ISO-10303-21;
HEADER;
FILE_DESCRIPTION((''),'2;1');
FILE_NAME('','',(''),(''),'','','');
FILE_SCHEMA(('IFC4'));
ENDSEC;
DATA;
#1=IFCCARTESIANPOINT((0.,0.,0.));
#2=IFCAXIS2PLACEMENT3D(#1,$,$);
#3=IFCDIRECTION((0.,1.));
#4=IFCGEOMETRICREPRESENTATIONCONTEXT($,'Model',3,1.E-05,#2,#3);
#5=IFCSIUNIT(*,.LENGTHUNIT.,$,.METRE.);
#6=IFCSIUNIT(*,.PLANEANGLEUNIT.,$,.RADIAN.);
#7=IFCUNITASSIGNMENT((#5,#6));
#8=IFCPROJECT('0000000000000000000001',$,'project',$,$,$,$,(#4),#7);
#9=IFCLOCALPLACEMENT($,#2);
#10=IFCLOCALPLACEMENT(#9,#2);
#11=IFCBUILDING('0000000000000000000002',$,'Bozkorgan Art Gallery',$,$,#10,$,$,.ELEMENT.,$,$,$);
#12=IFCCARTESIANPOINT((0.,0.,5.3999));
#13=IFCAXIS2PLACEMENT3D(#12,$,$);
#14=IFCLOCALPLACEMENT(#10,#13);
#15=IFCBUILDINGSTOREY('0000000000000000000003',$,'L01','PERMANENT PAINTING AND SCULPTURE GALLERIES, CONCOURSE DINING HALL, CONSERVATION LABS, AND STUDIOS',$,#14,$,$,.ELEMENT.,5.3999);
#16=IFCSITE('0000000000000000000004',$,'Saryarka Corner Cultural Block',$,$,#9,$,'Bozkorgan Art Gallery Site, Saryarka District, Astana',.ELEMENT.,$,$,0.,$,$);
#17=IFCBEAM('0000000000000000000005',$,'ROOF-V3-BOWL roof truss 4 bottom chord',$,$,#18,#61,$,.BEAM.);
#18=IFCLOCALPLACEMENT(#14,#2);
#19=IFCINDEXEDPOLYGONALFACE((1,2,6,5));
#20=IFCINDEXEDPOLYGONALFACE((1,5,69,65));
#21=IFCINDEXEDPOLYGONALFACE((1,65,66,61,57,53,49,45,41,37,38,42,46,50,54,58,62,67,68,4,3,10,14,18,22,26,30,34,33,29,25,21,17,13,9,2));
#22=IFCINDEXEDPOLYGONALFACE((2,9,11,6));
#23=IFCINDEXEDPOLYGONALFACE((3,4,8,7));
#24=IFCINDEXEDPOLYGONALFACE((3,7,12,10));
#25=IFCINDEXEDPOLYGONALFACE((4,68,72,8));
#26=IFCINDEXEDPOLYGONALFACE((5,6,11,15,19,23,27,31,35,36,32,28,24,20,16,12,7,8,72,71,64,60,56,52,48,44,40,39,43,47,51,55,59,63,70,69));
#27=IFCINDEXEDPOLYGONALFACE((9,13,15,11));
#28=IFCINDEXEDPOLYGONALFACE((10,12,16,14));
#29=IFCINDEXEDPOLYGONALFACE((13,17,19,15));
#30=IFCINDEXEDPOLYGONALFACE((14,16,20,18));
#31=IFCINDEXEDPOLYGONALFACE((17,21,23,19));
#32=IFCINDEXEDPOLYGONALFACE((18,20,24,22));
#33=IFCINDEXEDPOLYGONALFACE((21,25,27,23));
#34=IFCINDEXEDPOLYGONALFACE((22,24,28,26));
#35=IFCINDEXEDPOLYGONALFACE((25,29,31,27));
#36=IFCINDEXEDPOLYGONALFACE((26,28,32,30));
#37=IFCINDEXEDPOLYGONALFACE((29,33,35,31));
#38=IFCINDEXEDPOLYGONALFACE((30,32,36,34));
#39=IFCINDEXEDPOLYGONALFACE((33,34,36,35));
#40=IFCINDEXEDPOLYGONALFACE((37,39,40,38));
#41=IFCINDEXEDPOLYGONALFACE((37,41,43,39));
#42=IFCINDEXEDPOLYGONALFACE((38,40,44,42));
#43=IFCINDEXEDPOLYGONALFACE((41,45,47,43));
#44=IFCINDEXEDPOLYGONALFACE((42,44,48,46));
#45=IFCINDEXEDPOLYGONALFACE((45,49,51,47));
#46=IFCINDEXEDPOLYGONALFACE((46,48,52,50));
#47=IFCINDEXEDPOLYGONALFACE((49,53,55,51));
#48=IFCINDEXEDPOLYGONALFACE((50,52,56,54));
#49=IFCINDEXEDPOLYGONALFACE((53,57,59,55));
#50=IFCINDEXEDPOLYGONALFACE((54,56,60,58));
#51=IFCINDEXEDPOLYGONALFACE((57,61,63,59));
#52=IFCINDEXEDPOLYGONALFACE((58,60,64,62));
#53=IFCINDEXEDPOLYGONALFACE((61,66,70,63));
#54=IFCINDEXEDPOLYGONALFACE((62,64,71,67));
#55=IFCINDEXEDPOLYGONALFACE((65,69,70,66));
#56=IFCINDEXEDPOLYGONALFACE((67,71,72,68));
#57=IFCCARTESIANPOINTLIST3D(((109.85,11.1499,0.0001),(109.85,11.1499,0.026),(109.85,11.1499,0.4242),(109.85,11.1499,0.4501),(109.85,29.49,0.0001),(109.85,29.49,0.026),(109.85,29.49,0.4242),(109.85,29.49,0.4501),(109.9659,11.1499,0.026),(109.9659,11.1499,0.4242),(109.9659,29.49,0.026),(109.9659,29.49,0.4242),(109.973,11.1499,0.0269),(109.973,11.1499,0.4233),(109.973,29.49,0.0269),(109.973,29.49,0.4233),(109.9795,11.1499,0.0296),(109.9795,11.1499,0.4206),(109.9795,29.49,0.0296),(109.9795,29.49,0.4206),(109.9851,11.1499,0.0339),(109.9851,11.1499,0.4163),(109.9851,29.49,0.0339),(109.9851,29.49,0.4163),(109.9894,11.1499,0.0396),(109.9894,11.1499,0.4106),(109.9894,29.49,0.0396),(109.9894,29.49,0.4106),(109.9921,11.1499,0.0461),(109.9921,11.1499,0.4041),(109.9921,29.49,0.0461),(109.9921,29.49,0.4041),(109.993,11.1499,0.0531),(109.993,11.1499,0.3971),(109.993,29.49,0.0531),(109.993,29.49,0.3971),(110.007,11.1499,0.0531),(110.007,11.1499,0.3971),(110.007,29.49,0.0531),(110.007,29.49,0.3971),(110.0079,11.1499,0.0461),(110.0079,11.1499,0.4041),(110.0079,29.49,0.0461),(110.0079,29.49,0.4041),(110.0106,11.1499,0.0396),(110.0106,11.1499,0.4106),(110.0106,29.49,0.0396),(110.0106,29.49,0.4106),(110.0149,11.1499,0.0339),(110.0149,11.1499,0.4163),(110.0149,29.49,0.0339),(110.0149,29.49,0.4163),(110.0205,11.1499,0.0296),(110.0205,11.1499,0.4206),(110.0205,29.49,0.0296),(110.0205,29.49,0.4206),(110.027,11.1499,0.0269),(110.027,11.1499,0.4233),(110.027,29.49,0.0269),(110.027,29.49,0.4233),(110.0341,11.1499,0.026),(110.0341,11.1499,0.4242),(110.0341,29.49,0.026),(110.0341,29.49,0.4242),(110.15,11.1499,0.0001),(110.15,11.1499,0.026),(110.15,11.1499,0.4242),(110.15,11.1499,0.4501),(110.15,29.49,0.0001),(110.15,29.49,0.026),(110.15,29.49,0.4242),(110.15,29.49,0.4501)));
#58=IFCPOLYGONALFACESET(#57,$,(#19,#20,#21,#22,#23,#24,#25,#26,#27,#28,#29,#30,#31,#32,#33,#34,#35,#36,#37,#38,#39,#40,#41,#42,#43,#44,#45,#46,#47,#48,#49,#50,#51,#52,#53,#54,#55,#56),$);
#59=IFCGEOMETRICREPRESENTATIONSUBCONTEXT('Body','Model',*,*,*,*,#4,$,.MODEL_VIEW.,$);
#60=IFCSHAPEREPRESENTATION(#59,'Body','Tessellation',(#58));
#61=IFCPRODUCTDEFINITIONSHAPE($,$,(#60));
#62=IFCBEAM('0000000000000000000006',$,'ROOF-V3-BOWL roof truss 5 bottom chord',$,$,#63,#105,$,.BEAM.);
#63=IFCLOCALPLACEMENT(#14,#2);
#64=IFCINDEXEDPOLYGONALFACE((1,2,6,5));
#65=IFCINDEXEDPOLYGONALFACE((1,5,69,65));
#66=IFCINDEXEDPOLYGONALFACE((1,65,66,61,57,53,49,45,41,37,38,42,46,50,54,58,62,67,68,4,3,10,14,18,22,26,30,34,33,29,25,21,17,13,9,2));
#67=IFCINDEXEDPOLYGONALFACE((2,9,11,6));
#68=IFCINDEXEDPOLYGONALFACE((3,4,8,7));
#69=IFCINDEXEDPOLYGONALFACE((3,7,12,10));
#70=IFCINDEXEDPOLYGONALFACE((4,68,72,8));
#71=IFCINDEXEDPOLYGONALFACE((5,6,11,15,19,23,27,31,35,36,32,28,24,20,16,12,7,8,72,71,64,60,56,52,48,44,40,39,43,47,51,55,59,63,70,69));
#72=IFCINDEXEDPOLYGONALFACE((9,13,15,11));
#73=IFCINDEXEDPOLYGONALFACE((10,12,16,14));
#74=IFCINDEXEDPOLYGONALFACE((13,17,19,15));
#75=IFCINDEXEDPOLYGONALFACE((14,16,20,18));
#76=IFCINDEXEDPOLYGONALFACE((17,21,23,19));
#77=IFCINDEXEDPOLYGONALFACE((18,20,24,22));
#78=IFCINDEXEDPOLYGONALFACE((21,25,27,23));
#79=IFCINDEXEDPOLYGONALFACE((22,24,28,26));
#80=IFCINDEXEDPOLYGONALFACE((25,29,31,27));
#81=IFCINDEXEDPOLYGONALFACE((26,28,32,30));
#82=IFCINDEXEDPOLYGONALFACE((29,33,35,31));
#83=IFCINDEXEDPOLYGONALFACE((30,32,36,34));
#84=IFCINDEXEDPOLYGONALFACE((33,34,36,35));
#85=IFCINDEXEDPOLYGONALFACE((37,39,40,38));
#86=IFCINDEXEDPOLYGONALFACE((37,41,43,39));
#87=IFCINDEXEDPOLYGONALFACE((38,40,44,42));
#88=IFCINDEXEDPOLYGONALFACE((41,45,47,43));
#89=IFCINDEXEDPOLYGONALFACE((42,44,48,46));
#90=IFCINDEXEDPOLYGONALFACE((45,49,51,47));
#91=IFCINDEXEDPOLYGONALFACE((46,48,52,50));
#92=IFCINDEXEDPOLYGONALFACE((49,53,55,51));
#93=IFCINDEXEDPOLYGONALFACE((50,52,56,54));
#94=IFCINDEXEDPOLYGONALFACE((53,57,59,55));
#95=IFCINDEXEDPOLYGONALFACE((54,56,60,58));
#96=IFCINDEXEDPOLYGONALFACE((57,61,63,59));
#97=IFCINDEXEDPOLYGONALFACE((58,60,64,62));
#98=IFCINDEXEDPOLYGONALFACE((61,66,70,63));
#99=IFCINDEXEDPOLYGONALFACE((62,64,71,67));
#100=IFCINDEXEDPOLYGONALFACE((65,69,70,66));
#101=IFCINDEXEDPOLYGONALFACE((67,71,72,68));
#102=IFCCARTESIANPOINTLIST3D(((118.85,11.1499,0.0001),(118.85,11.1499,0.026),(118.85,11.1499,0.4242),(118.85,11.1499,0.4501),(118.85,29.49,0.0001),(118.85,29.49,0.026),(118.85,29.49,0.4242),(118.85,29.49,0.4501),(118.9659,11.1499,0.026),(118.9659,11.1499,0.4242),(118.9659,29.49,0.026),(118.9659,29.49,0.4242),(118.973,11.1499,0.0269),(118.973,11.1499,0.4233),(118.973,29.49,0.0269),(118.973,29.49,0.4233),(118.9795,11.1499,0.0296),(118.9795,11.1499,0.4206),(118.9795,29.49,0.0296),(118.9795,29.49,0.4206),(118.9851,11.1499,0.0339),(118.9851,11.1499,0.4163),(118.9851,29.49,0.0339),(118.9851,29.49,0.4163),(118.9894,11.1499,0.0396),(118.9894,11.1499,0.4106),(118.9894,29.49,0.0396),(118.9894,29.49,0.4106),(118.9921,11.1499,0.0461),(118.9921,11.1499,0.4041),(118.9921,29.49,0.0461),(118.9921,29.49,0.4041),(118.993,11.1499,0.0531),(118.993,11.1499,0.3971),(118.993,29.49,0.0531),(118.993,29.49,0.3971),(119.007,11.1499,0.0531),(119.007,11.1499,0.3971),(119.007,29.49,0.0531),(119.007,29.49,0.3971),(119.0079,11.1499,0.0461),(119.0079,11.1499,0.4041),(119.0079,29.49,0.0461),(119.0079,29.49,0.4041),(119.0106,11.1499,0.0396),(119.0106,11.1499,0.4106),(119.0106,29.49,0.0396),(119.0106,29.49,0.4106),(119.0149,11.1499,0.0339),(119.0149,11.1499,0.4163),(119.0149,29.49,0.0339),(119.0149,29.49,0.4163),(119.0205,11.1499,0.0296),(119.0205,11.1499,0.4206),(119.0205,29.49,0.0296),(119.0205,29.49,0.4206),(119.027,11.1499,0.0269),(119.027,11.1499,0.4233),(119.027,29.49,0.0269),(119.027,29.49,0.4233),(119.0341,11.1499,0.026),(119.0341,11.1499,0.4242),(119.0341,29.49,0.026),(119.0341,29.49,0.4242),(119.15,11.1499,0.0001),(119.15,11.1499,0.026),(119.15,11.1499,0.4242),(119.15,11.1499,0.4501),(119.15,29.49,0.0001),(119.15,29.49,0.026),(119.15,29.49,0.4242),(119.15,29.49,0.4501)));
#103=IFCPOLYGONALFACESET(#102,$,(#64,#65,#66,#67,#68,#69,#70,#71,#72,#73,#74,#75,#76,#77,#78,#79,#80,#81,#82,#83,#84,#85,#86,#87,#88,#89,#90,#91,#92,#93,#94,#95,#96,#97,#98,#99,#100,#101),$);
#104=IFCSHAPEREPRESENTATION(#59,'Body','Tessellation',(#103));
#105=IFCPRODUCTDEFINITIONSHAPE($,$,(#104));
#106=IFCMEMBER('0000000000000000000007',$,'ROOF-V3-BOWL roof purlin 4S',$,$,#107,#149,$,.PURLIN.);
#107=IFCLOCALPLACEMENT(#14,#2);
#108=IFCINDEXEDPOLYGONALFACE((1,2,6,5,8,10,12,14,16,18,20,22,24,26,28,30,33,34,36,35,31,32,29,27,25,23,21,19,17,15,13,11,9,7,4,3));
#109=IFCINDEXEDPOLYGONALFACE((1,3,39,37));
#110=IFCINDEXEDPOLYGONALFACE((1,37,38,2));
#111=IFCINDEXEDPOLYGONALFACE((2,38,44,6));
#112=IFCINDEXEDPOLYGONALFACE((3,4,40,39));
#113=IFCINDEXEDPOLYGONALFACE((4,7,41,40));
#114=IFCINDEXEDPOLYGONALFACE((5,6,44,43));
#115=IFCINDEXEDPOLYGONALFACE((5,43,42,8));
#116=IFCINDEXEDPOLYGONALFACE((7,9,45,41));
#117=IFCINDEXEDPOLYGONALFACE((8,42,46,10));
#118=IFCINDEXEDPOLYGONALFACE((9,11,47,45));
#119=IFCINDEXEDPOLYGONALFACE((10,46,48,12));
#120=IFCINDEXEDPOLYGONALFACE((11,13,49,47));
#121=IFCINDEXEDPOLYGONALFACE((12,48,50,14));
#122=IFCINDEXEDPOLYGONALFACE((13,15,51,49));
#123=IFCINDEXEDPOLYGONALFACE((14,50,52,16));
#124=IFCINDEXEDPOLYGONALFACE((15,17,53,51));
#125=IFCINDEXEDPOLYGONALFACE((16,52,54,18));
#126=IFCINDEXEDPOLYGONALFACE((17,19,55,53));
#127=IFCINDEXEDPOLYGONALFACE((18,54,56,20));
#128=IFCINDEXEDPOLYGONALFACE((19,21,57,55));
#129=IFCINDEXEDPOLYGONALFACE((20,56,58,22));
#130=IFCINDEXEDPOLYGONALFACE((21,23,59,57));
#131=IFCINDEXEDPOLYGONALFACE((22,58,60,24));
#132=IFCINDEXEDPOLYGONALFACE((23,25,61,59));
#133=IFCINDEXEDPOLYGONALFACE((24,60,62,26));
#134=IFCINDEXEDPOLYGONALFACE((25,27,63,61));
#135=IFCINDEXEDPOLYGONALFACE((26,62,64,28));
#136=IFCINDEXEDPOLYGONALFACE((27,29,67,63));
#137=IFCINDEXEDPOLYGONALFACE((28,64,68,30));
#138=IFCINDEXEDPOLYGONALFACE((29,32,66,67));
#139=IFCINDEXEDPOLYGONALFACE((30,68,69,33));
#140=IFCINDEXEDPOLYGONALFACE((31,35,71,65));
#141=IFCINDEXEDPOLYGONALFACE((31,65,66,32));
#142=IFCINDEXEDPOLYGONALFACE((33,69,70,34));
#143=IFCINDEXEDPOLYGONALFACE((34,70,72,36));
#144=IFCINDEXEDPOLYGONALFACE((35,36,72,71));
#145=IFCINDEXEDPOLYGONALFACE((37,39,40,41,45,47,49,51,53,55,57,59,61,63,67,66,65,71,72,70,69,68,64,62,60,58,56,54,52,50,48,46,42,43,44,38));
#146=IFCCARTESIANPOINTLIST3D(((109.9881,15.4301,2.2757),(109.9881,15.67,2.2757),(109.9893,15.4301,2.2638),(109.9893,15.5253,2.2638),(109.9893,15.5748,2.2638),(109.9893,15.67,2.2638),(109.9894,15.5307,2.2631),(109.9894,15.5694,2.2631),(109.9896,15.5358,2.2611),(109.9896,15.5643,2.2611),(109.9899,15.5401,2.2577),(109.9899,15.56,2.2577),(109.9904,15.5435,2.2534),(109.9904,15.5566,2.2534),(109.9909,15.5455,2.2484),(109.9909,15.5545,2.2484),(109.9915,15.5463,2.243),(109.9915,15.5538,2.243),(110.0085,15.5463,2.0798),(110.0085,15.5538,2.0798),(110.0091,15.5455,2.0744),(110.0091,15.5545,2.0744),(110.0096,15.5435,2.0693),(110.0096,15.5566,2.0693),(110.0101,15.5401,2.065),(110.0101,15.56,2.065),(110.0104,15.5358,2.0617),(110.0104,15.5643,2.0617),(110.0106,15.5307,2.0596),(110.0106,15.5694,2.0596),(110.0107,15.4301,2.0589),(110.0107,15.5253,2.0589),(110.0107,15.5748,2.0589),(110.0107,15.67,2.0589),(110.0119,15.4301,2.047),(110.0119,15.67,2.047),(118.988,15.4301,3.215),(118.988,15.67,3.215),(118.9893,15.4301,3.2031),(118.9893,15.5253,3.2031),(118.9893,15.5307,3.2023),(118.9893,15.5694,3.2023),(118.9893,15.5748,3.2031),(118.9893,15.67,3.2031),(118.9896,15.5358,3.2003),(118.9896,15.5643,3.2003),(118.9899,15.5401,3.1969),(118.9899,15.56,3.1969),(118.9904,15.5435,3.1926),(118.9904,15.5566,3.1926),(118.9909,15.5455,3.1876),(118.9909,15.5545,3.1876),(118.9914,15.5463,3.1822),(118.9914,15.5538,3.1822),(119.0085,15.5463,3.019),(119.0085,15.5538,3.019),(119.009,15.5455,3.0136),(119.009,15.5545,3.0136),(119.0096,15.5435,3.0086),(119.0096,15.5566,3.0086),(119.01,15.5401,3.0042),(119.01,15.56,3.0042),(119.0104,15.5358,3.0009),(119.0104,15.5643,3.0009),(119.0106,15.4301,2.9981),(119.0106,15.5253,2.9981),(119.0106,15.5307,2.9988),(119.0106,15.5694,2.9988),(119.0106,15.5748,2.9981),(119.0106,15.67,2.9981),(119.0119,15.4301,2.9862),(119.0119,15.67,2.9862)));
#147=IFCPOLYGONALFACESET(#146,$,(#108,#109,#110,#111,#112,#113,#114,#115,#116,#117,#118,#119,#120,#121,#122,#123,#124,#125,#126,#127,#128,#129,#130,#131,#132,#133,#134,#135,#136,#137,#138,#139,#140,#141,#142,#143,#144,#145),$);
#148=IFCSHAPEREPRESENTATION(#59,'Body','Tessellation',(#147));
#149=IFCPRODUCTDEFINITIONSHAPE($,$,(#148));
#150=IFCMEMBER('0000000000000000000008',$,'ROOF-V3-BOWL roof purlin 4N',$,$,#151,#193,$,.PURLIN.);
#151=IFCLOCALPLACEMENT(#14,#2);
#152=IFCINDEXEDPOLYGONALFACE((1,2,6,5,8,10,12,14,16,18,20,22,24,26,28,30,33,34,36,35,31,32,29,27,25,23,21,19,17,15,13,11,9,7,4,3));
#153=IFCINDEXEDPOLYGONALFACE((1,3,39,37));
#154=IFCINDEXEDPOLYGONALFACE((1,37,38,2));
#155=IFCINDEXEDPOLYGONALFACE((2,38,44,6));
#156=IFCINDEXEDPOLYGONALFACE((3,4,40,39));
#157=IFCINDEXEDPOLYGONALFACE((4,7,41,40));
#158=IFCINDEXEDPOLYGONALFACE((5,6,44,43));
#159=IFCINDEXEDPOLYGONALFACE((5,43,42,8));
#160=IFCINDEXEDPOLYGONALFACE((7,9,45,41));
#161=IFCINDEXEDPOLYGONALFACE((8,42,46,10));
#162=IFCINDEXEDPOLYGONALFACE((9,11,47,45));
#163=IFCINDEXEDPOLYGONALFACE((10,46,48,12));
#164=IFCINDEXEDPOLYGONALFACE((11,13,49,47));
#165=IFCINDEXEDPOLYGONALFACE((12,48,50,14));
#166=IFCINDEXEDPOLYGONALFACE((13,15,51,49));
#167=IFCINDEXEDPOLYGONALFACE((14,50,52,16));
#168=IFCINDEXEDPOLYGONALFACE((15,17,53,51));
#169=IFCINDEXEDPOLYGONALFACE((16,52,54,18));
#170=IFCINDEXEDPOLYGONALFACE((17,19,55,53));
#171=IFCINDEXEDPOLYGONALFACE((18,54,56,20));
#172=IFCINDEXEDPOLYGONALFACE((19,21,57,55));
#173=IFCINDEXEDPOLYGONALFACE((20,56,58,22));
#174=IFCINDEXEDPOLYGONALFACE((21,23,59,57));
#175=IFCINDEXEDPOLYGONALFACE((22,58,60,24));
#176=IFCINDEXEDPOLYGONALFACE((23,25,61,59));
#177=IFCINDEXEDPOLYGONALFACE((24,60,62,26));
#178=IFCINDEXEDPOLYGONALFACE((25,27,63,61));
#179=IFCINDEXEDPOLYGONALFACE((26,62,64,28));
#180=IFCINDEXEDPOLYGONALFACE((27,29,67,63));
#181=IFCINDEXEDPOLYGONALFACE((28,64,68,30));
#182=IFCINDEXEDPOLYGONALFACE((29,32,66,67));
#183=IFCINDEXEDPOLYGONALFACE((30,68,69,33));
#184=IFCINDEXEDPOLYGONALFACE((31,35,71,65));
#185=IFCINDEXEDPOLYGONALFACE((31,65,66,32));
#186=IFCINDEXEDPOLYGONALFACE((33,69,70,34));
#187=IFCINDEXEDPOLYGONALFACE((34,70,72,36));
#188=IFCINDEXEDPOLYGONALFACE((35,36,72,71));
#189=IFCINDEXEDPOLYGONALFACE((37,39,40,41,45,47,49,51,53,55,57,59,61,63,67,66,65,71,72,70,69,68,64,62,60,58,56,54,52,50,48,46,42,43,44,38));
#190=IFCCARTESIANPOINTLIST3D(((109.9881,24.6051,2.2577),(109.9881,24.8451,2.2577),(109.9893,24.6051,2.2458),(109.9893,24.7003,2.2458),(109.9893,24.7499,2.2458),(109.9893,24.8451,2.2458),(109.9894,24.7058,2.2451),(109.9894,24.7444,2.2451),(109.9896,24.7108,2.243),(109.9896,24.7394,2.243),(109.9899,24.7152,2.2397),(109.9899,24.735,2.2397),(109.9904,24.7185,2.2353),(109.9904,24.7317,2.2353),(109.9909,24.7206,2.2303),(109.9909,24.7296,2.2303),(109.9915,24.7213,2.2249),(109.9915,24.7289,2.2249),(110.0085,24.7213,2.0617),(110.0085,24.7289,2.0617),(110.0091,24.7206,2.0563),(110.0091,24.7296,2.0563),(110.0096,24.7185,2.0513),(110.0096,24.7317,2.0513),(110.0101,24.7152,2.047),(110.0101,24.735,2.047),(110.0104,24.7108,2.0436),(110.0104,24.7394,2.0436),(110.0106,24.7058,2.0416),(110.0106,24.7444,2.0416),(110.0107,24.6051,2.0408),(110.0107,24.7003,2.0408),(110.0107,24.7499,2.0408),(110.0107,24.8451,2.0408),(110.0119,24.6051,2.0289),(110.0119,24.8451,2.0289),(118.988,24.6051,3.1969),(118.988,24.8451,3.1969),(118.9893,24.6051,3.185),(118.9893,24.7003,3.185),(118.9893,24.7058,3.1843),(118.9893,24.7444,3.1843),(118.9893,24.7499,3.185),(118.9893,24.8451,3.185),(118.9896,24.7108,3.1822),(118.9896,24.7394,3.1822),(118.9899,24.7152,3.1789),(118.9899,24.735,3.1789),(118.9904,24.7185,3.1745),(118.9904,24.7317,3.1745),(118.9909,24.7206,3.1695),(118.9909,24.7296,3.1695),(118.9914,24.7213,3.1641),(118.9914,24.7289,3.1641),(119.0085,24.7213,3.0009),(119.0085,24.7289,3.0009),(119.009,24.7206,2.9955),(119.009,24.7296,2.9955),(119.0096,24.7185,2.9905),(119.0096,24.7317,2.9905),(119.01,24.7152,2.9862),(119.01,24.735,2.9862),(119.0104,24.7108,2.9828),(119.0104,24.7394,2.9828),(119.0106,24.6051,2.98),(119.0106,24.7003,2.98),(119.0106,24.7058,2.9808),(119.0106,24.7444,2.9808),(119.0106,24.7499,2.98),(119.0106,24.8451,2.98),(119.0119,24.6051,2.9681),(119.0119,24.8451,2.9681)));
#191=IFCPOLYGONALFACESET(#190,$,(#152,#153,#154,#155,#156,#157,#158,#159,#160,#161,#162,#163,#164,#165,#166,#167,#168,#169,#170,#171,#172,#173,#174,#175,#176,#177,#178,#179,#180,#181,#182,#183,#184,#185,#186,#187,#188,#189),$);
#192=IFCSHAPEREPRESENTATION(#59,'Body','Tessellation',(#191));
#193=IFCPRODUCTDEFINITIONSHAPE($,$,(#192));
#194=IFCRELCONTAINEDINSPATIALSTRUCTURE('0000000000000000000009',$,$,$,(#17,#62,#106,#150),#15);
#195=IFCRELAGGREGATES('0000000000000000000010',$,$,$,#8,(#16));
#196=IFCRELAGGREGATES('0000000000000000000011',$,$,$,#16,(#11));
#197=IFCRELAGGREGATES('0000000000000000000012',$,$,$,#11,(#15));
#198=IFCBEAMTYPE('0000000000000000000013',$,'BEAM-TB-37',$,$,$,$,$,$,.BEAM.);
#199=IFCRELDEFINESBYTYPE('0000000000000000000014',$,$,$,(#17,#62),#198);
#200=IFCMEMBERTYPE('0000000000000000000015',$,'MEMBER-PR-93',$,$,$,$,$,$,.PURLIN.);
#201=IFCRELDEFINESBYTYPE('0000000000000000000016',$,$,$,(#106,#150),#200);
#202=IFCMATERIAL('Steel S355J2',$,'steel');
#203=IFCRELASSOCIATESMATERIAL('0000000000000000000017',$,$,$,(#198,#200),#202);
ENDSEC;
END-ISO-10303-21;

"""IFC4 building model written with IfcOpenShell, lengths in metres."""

from ifc_helpers import new_model, si_unit, direction, frame, origin, origin_2d, place, context, subcontext, project, spatial, i_section, extrude, material, material_profile, profile_set, type_object, element, save


model = new_model("IFC4")

# Units and contexts
model_context = context("Model", 3, precision=1e-05, world=origin(), true_north=direction((0.0, 1.0)))
body_context = subcontext(model_context, "Body", "Model", "MODEL_VIEW")
ifc_project = project(units=[si_unit("LENGTHUNIT", "METRE"), si_unit("PLANEANGLEUNIT", "RADIAN")], contexts=[model_context])

# Site, building, storey
site_placement = place(None, origin())
site = spatial("IfcSite", under=ifc_project, at=site_placement, Name="Saryarka Corner Cultural Block", LongName="Bozkorgan Art Gallery Site, Saryarka District, Astana", CompositionType="ELEMENT", RefElevation=0.0)
building_placement = place(site_placement, origin())
building = spatial("IfcBuilding", under=site, at=building_placement, Name="Bozkorgan Art Gallery", CompositionType="ELEMENT")
storey_placement = place(building_placement, frame((0.0, 0.0, 5.3999)))
storey = spatial("IfcBuildingStorey", under=building, at=storey_placement, Name="L01", Description="PERMANENT PAINTING AND SCULPTURE GALLERIES, CONCOURSE DINING HALL, CONSERVATION LABS, AND STUDIOS", CompositionType="ELEMENT", Elevation=5.3999)

# Beams
ifc_material_1 = material(Name="Steel S355J2", Category="steel")
ifc_material_profile_1 = material_profile(ifc_material_1, i_section(OverallWidth=0.3, OverallDepth=0.45, WebThickness=0.0139, FlangeThickness=0.0259, FilletRadius=0.0271, at=origin_2d()), Name="HEB 450")
ifc_profile_set_1 = profile_set([ifc_material_profile_1], Name="Steel S355J2")
beam_type = type_object("IfcBeamType", Name="BEAM-TB-37", PredefinedType="BEAM", material=ifc_profile_set_1)
for number, where, z_axis, x_axis, name in (
    (1, (110.0, 11.1499, 0.2251), (0.0, 1.0, 0.0), (-1.0, 0.0, 0.0), "ROOF-V3-BOWL roof truss 4 bottom chord"),
    (2, (119.0, 11.1499, 0.2251), (0.0, 1.0, 0.0), (-1.0, 0.0, 0.0), "ROOF-V3-BOWL roof truss 5 bottom chord"),
):
    element("IfcBeam", number, at=place(storey_placement, frame(where, z_axis=z_axis, x_axis=x_axis)), inside=storey, type_object=beam_type, Name=name, PredefinedType="BEAM", context=body_context, shape_type="SweptSolid", body=[
        extrude(i_section(OverallWidth=0.3, OverallDepth=0.45, WebThickness=0.0139, FlangeThickness=0.0259, FilletRadius=0.0271, at=origin_2d()), origin(), (0.0, 0.0, 1.0), 18.3401),
    ])

# Members
ifc_material_profile_2 = material_profile(ifc_material_1, i_section(OverallWidth=0.24, OverallDepth=0.23, WebThickness=0.0076, FlangeThickness=0.012, FilletRadius=0.021, at=origin_2d()), Name="HEA 240")
ifc_profile_set_2 = profile_set([ifc_material_profile_2], Name="Steel S355J2")
member_type_1 = type_object("IfcMemberType", Name="MEMBER-PR-93", PredefinedType="PURLIN", material=ifc_profile_set_2)
for number, where, z_axis, x_axis, name in (
    (3, (110.0, 15.55, 2.1614), (0.994599, 0.0, 0.103793), (0.0, 1.0, 0.0), "ROOF-V3-BOWL roof purlin 4S"),
    (4, (110.0, 24.7251, 2.1433), (0.994599, 0.0, 0.103793), (0.0, 1.0, 0.0), "ROOF-V3-BOWL roof purlin 4N"),
):
    element("IfcMember", number, at=place(storey_placement, frame(where, z_axis=z_axis, x_axis=x_axis)), inside=storey, type_object=member_type_1, Name=name, PredefinedType="PURLIN", context=body_context, shape_type="SweptSolid", body=[
        extrude(i_section(OverallWidth=0.24, OverallDepth=0.23, WebThickness=0.0076, FlangeThickness=0.012, FilletRadius=0.021, at=origin_2d()), origin(), (0.0, 0.0, 1.0), 9.0488),
    ])

save(model, "model.ifc")
